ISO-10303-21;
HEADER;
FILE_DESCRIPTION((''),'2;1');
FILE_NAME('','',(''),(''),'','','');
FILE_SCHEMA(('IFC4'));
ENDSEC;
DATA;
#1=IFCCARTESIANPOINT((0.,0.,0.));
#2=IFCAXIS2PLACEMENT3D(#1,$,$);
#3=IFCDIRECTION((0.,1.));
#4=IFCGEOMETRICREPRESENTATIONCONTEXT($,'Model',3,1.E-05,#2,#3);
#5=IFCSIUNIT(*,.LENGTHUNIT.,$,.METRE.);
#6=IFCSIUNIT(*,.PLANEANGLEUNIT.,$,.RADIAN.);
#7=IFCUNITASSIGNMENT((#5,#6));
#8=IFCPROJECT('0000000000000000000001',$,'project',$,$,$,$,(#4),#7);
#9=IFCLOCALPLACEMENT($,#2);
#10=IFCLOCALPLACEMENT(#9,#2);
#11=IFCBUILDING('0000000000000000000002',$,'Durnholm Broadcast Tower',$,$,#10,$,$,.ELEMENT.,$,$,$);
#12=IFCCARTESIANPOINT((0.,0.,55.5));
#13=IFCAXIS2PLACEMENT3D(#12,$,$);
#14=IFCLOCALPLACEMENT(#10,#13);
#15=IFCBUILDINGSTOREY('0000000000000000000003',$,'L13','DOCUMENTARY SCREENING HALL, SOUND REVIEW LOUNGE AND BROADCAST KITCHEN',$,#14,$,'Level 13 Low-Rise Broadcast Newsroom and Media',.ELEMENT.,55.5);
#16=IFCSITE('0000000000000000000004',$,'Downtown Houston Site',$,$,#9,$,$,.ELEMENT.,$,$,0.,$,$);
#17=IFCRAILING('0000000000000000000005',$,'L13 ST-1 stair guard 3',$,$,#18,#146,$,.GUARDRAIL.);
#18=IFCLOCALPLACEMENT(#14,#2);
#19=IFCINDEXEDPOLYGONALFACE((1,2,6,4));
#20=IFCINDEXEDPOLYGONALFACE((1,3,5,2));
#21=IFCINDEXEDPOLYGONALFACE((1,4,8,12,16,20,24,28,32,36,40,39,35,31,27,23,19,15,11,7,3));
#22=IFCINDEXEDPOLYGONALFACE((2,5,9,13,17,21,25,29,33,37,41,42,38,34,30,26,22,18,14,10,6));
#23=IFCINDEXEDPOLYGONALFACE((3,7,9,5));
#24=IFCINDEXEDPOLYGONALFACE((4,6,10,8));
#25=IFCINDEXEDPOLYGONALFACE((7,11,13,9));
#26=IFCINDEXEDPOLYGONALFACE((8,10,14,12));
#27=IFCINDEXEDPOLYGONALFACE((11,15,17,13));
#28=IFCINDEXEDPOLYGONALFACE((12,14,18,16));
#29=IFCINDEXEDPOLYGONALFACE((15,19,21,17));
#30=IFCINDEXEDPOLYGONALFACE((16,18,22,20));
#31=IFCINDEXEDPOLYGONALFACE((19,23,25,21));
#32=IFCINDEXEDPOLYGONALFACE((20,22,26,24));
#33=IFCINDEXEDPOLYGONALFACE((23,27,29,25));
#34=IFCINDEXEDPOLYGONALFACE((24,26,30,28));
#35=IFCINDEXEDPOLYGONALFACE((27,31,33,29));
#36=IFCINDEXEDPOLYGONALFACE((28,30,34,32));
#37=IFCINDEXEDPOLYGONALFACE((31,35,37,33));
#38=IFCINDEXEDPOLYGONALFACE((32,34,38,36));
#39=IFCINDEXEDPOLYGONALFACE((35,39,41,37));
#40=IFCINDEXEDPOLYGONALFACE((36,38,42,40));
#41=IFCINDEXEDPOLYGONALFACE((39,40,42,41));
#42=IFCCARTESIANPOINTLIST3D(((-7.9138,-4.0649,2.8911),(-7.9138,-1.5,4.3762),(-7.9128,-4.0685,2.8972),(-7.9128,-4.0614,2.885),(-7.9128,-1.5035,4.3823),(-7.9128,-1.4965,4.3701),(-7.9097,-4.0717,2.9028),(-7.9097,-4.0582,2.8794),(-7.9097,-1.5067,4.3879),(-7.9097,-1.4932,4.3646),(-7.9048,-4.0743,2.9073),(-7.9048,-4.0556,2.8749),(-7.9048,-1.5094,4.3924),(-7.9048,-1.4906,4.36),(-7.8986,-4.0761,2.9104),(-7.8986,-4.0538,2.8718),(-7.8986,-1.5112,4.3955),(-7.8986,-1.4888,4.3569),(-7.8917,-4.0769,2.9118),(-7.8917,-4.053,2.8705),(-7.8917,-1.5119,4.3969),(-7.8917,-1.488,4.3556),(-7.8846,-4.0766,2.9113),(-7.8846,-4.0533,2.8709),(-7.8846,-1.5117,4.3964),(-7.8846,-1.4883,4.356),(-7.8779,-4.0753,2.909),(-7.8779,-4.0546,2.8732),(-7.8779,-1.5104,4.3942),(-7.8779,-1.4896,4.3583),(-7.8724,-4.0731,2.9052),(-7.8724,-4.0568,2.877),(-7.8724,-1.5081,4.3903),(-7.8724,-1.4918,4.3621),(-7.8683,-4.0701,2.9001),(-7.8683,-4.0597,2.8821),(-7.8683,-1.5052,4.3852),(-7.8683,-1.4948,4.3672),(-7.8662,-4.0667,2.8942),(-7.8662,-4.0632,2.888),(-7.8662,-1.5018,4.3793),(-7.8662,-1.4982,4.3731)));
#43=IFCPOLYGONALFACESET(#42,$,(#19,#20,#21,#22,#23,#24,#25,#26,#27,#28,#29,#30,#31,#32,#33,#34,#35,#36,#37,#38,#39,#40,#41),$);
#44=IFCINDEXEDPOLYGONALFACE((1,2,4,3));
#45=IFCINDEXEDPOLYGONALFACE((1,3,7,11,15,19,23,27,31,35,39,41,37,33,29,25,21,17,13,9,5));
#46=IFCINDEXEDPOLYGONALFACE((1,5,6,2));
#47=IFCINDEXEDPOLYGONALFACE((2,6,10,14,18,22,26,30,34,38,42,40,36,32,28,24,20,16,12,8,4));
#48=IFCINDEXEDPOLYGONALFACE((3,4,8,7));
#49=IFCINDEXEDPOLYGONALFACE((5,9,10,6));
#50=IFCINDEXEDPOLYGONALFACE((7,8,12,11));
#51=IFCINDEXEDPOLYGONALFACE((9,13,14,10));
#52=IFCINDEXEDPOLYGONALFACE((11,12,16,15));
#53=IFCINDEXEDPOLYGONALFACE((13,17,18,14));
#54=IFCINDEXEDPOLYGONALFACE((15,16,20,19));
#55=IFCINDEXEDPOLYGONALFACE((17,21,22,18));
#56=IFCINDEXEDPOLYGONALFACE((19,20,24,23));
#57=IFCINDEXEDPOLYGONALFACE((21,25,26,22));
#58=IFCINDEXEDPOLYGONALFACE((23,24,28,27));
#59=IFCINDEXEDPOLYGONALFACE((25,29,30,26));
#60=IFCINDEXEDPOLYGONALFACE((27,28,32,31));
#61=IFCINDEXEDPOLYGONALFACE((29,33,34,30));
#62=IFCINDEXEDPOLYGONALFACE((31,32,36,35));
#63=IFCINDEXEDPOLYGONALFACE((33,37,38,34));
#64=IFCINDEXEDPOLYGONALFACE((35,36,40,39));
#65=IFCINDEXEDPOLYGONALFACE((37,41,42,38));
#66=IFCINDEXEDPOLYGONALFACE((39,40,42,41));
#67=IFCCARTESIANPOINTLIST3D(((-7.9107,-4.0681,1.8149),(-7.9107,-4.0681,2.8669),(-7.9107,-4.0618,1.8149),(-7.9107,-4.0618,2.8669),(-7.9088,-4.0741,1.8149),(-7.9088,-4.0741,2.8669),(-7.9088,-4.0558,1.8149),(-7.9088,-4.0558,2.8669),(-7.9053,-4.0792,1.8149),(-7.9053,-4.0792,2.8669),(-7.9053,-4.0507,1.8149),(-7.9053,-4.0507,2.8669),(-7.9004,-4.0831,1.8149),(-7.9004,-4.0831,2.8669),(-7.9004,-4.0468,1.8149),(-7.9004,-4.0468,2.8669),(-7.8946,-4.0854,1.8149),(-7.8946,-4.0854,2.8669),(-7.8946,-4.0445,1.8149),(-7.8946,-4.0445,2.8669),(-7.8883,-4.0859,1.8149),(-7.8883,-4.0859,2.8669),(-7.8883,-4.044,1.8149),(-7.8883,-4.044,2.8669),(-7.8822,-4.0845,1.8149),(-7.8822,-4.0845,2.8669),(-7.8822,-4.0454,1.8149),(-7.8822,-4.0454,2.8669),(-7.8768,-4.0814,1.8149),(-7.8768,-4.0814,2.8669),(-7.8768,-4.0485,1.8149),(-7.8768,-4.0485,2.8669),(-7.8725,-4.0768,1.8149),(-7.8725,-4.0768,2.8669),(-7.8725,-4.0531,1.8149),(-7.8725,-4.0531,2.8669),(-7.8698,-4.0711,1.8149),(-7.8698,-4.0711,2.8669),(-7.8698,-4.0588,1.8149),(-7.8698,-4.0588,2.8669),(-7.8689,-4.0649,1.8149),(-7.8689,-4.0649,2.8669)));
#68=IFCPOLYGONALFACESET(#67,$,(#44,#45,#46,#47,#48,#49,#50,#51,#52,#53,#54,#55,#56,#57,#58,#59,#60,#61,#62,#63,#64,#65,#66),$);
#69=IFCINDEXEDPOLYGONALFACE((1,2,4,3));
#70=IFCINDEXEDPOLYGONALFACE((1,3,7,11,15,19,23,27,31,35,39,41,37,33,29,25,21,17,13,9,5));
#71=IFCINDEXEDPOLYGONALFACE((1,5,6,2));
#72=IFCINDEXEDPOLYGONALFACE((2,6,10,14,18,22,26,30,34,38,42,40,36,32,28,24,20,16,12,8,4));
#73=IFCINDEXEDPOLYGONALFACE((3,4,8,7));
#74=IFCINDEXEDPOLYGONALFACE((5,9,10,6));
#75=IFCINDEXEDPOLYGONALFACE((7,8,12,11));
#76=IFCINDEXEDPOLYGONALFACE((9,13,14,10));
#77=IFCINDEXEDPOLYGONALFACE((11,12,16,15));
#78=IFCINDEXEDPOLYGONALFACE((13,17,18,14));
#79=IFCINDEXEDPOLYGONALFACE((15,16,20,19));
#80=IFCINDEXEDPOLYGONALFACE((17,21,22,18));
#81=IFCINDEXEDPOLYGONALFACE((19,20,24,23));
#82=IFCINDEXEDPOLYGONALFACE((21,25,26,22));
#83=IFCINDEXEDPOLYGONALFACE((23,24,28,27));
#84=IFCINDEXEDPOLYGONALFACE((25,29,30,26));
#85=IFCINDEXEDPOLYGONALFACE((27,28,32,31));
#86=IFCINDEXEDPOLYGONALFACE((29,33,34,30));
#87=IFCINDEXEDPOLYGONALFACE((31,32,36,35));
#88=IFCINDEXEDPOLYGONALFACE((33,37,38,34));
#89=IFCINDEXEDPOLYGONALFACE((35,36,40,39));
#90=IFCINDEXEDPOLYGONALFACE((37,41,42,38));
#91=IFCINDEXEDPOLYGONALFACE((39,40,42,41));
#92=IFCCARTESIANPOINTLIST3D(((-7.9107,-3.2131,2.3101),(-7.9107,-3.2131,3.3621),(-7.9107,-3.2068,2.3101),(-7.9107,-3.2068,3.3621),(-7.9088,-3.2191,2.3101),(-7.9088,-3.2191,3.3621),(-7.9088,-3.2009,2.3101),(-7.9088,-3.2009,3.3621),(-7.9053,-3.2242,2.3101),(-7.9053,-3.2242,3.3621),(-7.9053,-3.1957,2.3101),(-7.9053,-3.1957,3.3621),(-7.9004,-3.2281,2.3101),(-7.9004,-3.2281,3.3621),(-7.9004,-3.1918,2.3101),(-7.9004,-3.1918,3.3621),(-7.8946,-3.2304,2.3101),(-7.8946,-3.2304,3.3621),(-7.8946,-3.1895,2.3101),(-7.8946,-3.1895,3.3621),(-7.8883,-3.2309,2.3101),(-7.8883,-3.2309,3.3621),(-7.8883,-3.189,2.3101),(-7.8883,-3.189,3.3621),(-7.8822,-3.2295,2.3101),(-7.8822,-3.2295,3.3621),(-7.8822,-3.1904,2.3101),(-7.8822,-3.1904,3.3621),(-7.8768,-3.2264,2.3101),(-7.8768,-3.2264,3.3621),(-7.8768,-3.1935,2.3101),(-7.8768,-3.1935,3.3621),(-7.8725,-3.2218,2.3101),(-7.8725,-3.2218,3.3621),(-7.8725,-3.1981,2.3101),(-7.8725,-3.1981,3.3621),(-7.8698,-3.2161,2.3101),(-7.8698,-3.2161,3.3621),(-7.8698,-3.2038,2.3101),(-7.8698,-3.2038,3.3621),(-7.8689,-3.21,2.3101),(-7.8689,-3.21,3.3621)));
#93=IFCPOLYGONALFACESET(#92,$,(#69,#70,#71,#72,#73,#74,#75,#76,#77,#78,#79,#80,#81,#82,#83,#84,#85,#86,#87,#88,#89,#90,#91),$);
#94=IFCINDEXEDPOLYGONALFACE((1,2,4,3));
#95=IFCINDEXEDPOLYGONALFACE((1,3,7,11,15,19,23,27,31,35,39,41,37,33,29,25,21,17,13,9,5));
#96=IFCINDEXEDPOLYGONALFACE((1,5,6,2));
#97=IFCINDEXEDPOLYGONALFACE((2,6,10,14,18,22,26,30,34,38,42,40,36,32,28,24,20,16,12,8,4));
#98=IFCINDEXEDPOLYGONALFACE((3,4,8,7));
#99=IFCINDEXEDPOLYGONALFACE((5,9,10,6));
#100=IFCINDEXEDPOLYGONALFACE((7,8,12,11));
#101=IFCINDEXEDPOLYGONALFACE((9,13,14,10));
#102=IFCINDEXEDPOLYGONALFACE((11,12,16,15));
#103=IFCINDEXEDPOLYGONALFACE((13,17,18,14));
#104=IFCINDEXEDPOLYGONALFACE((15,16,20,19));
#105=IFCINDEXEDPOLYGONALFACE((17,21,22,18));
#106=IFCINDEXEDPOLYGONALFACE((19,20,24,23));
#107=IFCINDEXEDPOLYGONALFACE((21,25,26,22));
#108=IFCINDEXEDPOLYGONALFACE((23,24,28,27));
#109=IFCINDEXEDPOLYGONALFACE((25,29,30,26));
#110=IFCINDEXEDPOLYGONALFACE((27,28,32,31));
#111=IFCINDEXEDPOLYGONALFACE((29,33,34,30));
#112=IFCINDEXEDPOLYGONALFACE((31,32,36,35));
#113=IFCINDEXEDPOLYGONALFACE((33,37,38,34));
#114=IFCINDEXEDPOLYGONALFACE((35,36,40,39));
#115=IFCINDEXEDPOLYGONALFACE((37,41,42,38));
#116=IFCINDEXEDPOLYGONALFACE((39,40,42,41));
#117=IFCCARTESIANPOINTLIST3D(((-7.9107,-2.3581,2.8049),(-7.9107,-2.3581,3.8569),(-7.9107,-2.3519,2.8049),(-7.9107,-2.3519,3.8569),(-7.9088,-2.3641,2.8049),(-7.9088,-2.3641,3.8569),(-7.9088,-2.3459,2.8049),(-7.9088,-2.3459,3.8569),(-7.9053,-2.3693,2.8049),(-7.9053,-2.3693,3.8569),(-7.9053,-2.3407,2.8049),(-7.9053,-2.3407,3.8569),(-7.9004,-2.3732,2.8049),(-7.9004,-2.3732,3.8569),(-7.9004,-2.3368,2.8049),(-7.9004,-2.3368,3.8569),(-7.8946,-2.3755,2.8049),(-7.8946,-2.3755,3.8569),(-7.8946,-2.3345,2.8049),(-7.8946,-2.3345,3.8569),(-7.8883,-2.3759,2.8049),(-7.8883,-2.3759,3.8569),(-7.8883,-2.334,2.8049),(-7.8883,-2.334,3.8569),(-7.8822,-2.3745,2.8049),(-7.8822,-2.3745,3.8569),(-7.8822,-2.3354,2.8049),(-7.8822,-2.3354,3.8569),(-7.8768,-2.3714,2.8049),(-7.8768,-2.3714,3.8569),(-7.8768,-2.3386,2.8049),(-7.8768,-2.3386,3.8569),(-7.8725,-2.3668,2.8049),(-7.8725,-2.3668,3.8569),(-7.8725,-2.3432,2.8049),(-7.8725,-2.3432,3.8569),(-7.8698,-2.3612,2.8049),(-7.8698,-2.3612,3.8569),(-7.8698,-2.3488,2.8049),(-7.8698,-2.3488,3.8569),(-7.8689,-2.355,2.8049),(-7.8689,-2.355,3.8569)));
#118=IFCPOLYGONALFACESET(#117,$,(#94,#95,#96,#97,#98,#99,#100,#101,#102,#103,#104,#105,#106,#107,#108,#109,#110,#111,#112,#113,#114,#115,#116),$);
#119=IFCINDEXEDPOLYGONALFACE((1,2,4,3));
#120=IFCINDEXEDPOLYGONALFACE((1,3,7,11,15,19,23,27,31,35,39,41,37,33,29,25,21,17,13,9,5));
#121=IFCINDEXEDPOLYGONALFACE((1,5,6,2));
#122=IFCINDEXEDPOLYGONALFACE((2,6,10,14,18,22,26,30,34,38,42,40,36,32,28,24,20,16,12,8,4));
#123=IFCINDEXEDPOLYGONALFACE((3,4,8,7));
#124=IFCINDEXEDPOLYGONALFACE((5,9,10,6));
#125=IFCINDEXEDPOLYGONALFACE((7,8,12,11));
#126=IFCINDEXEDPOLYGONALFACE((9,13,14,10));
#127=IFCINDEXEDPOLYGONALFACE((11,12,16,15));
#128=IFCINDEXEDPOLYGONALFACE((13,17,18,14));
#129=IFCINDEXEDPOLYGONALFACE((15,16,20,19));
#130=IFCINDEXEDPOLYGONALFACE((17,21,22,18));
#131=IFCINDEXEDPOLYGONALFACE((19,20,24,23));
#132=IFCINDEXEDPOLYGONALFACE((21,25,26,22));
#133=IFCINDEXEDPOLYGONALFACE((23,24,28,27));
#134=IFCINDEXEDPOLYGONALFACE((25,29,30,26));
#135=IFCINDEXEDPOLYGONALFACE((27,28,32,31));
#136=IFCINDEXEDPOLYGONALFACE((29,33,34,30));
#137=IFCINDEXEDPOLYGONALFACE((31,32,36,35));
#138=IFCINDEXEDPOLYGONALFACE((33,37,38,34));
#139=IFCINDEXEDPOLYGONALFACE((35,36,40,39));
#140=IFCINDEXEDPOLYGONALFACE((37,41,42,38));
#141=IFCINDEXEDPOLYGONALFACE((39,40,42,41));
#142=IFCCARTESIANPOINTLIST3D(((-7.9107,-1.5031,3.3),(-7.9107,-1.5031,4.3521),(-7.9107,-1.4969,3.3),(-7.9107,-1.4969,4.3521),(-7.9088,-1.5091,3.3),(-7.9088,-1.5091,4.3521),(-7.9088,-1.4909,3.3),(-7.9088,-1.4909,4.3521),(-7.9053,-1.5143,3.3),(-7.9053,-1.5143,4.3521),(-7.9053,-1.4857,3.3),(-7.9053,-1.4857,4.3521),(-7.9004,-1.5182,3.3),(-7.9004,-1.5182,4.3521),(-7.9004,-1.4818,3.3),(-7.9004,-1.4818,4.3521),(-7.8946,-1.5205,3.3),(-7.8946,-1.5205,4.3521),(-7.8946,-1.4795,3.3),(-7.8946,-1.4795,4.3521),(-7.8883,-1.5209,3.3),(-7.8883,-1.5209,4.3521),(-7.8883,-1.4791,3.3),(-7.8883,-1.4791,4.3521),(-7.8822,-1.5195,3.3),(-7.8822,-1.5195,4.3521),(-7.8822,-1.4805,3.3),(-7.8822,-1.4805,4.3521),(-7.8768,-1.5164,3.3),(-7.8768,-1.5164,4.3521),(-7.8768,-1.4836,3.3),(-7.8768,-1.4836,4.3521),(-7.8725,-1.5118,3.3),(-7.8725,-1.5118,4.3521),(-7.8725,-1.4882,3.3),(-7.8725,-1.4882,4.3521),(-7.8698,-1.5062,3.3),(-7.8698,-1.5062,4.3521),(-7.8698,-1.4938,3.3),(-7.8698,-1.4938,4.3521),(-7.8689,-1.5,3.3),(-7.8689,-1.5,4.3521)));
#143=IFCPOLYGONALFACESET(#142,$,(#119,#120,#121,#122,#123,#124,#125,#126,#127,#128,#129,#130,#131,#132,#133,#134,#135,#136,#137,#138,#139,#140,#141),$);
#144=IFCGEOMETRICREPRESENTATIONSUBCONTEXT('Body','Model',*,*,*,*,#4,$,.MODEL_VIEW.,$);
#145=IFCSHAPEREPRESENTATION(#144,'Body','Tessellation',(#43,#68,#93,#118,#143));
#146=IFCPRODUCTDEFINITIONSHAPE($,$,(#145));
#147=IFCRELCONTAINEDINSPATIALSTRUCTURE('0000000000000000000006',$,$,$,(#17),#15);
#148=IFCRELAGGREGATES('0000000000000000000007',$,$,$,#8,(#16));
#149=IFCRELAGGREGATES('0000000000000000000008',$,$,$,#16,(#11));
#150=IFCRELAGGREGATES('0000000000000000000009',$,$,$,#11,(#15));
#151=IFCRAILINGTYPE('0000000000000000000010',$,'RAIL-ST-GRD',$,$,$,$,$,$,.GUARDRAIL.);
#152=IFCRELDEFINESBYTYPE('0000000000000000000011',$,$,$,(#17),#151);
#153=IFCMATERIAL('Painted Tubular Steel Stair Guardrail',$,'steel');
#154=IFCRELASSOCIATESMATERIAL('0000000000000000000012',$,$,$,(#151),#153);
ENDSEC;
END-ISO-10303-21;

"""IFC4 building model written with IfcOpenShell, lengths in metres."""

from ifc_helpers import new_model, si_unit, direction, frame, origin, origin_2d, place, context, subcontext, project, spatial, circle, extrude, material, type_object, element, save


model = new_model("IFC4")

# Units and contexts
model_context = context("Model", 3, precision=1e-05, world=origin(), true_north=direction((0.0, 1.0)))
body_context = subcontext(model_context, "Body", "Model", "MODEL_VIEW")
ifc_project = project(units=[si_unit("LENGTHUNIT", "METRE"), si_unit("PLANEANGLEUNIT", "RADIAN")], contexts=[model_context])

# Site, building, storey
site_placement = place(None, origin())
site = spatial("IfcSite", under=ifc_project, at=site_placement, Name="Downtown Houston Site", CompositionType="ELEMENT", RefElevation=0.0)
building_placement = place(site_placement, origin())
building = spatial("IfcBuilding", under=site, at=building_placement, Name="Durnholm Broadcast Tower", CompositionType="ELEMENT")
storey_placement = place(building_placement, frame((0.0, 0.0, 55.5)))
storey = spatial("IfcBuildingStorey", under=building, at=storey_placement, Name="L13", Description="DOCUMENTARY SCREENING HALL, SOUND REVIEW LOUNGE AND BROADCAST KITCHEN", LongName="Level 13 Low-Rise Broadcast Newsroom and Media", CompositionType="ELEMENT", Elevation=55.5)

# Railing
ifc_material_1 = material(Name="Painted Tubular Steel Stair Guardrail", Category="steel")
railing_type_1 = type_object("IfcRailingType", Name="RAIL-ST-GRD", PredefinedType="GUARDRAIL", material=ifc_material_1)
railing_1_placement = place(storey_placement, frame((-7.8899, -4.0649, 1.8149)))
element("IfcRailing", 1, at=railing_1_placement, inside=storey, type_object=railing_type_1, Name="L13 ST-1 stair guard 3", PredefinedType="GUARDRAIL", context=body_context, shape_type="SweptSolid", body=[
    extrude(circle(Radius=0.0239, at=origin_2d()), frame((0.0, 0.0, 1.0762), z_axis=(0.0, 0.865406, 0.501072), x_axis=(-1.0, 0.0, 0.0)), (0.0, 0.0, 1.0), 2.9639),
    extrude(circle(Radius=0.021, at=origin_2d()), origin(), (0.0, 0.0, 1.0), 1.052),
    extrude(circle(Radius=0.021, at=origin_2d()), frame((0.0, 0.855, 0.4951)), (0.0, 0.0, 1.0), 1.052),
    extrude(circle(Radius=0.021, at=origin_2d()), frame((0.0, 1.71, 0.99)), (0.0, 0.0, 1.0), 1.052),
    extrude(circle(Radius=0.021, at=origin_2d()), frame((0.0, 2.5649, 1.4851)), (0.0, 0.0, 1.0), 1.052),
])

save(model, "model.ifc")
